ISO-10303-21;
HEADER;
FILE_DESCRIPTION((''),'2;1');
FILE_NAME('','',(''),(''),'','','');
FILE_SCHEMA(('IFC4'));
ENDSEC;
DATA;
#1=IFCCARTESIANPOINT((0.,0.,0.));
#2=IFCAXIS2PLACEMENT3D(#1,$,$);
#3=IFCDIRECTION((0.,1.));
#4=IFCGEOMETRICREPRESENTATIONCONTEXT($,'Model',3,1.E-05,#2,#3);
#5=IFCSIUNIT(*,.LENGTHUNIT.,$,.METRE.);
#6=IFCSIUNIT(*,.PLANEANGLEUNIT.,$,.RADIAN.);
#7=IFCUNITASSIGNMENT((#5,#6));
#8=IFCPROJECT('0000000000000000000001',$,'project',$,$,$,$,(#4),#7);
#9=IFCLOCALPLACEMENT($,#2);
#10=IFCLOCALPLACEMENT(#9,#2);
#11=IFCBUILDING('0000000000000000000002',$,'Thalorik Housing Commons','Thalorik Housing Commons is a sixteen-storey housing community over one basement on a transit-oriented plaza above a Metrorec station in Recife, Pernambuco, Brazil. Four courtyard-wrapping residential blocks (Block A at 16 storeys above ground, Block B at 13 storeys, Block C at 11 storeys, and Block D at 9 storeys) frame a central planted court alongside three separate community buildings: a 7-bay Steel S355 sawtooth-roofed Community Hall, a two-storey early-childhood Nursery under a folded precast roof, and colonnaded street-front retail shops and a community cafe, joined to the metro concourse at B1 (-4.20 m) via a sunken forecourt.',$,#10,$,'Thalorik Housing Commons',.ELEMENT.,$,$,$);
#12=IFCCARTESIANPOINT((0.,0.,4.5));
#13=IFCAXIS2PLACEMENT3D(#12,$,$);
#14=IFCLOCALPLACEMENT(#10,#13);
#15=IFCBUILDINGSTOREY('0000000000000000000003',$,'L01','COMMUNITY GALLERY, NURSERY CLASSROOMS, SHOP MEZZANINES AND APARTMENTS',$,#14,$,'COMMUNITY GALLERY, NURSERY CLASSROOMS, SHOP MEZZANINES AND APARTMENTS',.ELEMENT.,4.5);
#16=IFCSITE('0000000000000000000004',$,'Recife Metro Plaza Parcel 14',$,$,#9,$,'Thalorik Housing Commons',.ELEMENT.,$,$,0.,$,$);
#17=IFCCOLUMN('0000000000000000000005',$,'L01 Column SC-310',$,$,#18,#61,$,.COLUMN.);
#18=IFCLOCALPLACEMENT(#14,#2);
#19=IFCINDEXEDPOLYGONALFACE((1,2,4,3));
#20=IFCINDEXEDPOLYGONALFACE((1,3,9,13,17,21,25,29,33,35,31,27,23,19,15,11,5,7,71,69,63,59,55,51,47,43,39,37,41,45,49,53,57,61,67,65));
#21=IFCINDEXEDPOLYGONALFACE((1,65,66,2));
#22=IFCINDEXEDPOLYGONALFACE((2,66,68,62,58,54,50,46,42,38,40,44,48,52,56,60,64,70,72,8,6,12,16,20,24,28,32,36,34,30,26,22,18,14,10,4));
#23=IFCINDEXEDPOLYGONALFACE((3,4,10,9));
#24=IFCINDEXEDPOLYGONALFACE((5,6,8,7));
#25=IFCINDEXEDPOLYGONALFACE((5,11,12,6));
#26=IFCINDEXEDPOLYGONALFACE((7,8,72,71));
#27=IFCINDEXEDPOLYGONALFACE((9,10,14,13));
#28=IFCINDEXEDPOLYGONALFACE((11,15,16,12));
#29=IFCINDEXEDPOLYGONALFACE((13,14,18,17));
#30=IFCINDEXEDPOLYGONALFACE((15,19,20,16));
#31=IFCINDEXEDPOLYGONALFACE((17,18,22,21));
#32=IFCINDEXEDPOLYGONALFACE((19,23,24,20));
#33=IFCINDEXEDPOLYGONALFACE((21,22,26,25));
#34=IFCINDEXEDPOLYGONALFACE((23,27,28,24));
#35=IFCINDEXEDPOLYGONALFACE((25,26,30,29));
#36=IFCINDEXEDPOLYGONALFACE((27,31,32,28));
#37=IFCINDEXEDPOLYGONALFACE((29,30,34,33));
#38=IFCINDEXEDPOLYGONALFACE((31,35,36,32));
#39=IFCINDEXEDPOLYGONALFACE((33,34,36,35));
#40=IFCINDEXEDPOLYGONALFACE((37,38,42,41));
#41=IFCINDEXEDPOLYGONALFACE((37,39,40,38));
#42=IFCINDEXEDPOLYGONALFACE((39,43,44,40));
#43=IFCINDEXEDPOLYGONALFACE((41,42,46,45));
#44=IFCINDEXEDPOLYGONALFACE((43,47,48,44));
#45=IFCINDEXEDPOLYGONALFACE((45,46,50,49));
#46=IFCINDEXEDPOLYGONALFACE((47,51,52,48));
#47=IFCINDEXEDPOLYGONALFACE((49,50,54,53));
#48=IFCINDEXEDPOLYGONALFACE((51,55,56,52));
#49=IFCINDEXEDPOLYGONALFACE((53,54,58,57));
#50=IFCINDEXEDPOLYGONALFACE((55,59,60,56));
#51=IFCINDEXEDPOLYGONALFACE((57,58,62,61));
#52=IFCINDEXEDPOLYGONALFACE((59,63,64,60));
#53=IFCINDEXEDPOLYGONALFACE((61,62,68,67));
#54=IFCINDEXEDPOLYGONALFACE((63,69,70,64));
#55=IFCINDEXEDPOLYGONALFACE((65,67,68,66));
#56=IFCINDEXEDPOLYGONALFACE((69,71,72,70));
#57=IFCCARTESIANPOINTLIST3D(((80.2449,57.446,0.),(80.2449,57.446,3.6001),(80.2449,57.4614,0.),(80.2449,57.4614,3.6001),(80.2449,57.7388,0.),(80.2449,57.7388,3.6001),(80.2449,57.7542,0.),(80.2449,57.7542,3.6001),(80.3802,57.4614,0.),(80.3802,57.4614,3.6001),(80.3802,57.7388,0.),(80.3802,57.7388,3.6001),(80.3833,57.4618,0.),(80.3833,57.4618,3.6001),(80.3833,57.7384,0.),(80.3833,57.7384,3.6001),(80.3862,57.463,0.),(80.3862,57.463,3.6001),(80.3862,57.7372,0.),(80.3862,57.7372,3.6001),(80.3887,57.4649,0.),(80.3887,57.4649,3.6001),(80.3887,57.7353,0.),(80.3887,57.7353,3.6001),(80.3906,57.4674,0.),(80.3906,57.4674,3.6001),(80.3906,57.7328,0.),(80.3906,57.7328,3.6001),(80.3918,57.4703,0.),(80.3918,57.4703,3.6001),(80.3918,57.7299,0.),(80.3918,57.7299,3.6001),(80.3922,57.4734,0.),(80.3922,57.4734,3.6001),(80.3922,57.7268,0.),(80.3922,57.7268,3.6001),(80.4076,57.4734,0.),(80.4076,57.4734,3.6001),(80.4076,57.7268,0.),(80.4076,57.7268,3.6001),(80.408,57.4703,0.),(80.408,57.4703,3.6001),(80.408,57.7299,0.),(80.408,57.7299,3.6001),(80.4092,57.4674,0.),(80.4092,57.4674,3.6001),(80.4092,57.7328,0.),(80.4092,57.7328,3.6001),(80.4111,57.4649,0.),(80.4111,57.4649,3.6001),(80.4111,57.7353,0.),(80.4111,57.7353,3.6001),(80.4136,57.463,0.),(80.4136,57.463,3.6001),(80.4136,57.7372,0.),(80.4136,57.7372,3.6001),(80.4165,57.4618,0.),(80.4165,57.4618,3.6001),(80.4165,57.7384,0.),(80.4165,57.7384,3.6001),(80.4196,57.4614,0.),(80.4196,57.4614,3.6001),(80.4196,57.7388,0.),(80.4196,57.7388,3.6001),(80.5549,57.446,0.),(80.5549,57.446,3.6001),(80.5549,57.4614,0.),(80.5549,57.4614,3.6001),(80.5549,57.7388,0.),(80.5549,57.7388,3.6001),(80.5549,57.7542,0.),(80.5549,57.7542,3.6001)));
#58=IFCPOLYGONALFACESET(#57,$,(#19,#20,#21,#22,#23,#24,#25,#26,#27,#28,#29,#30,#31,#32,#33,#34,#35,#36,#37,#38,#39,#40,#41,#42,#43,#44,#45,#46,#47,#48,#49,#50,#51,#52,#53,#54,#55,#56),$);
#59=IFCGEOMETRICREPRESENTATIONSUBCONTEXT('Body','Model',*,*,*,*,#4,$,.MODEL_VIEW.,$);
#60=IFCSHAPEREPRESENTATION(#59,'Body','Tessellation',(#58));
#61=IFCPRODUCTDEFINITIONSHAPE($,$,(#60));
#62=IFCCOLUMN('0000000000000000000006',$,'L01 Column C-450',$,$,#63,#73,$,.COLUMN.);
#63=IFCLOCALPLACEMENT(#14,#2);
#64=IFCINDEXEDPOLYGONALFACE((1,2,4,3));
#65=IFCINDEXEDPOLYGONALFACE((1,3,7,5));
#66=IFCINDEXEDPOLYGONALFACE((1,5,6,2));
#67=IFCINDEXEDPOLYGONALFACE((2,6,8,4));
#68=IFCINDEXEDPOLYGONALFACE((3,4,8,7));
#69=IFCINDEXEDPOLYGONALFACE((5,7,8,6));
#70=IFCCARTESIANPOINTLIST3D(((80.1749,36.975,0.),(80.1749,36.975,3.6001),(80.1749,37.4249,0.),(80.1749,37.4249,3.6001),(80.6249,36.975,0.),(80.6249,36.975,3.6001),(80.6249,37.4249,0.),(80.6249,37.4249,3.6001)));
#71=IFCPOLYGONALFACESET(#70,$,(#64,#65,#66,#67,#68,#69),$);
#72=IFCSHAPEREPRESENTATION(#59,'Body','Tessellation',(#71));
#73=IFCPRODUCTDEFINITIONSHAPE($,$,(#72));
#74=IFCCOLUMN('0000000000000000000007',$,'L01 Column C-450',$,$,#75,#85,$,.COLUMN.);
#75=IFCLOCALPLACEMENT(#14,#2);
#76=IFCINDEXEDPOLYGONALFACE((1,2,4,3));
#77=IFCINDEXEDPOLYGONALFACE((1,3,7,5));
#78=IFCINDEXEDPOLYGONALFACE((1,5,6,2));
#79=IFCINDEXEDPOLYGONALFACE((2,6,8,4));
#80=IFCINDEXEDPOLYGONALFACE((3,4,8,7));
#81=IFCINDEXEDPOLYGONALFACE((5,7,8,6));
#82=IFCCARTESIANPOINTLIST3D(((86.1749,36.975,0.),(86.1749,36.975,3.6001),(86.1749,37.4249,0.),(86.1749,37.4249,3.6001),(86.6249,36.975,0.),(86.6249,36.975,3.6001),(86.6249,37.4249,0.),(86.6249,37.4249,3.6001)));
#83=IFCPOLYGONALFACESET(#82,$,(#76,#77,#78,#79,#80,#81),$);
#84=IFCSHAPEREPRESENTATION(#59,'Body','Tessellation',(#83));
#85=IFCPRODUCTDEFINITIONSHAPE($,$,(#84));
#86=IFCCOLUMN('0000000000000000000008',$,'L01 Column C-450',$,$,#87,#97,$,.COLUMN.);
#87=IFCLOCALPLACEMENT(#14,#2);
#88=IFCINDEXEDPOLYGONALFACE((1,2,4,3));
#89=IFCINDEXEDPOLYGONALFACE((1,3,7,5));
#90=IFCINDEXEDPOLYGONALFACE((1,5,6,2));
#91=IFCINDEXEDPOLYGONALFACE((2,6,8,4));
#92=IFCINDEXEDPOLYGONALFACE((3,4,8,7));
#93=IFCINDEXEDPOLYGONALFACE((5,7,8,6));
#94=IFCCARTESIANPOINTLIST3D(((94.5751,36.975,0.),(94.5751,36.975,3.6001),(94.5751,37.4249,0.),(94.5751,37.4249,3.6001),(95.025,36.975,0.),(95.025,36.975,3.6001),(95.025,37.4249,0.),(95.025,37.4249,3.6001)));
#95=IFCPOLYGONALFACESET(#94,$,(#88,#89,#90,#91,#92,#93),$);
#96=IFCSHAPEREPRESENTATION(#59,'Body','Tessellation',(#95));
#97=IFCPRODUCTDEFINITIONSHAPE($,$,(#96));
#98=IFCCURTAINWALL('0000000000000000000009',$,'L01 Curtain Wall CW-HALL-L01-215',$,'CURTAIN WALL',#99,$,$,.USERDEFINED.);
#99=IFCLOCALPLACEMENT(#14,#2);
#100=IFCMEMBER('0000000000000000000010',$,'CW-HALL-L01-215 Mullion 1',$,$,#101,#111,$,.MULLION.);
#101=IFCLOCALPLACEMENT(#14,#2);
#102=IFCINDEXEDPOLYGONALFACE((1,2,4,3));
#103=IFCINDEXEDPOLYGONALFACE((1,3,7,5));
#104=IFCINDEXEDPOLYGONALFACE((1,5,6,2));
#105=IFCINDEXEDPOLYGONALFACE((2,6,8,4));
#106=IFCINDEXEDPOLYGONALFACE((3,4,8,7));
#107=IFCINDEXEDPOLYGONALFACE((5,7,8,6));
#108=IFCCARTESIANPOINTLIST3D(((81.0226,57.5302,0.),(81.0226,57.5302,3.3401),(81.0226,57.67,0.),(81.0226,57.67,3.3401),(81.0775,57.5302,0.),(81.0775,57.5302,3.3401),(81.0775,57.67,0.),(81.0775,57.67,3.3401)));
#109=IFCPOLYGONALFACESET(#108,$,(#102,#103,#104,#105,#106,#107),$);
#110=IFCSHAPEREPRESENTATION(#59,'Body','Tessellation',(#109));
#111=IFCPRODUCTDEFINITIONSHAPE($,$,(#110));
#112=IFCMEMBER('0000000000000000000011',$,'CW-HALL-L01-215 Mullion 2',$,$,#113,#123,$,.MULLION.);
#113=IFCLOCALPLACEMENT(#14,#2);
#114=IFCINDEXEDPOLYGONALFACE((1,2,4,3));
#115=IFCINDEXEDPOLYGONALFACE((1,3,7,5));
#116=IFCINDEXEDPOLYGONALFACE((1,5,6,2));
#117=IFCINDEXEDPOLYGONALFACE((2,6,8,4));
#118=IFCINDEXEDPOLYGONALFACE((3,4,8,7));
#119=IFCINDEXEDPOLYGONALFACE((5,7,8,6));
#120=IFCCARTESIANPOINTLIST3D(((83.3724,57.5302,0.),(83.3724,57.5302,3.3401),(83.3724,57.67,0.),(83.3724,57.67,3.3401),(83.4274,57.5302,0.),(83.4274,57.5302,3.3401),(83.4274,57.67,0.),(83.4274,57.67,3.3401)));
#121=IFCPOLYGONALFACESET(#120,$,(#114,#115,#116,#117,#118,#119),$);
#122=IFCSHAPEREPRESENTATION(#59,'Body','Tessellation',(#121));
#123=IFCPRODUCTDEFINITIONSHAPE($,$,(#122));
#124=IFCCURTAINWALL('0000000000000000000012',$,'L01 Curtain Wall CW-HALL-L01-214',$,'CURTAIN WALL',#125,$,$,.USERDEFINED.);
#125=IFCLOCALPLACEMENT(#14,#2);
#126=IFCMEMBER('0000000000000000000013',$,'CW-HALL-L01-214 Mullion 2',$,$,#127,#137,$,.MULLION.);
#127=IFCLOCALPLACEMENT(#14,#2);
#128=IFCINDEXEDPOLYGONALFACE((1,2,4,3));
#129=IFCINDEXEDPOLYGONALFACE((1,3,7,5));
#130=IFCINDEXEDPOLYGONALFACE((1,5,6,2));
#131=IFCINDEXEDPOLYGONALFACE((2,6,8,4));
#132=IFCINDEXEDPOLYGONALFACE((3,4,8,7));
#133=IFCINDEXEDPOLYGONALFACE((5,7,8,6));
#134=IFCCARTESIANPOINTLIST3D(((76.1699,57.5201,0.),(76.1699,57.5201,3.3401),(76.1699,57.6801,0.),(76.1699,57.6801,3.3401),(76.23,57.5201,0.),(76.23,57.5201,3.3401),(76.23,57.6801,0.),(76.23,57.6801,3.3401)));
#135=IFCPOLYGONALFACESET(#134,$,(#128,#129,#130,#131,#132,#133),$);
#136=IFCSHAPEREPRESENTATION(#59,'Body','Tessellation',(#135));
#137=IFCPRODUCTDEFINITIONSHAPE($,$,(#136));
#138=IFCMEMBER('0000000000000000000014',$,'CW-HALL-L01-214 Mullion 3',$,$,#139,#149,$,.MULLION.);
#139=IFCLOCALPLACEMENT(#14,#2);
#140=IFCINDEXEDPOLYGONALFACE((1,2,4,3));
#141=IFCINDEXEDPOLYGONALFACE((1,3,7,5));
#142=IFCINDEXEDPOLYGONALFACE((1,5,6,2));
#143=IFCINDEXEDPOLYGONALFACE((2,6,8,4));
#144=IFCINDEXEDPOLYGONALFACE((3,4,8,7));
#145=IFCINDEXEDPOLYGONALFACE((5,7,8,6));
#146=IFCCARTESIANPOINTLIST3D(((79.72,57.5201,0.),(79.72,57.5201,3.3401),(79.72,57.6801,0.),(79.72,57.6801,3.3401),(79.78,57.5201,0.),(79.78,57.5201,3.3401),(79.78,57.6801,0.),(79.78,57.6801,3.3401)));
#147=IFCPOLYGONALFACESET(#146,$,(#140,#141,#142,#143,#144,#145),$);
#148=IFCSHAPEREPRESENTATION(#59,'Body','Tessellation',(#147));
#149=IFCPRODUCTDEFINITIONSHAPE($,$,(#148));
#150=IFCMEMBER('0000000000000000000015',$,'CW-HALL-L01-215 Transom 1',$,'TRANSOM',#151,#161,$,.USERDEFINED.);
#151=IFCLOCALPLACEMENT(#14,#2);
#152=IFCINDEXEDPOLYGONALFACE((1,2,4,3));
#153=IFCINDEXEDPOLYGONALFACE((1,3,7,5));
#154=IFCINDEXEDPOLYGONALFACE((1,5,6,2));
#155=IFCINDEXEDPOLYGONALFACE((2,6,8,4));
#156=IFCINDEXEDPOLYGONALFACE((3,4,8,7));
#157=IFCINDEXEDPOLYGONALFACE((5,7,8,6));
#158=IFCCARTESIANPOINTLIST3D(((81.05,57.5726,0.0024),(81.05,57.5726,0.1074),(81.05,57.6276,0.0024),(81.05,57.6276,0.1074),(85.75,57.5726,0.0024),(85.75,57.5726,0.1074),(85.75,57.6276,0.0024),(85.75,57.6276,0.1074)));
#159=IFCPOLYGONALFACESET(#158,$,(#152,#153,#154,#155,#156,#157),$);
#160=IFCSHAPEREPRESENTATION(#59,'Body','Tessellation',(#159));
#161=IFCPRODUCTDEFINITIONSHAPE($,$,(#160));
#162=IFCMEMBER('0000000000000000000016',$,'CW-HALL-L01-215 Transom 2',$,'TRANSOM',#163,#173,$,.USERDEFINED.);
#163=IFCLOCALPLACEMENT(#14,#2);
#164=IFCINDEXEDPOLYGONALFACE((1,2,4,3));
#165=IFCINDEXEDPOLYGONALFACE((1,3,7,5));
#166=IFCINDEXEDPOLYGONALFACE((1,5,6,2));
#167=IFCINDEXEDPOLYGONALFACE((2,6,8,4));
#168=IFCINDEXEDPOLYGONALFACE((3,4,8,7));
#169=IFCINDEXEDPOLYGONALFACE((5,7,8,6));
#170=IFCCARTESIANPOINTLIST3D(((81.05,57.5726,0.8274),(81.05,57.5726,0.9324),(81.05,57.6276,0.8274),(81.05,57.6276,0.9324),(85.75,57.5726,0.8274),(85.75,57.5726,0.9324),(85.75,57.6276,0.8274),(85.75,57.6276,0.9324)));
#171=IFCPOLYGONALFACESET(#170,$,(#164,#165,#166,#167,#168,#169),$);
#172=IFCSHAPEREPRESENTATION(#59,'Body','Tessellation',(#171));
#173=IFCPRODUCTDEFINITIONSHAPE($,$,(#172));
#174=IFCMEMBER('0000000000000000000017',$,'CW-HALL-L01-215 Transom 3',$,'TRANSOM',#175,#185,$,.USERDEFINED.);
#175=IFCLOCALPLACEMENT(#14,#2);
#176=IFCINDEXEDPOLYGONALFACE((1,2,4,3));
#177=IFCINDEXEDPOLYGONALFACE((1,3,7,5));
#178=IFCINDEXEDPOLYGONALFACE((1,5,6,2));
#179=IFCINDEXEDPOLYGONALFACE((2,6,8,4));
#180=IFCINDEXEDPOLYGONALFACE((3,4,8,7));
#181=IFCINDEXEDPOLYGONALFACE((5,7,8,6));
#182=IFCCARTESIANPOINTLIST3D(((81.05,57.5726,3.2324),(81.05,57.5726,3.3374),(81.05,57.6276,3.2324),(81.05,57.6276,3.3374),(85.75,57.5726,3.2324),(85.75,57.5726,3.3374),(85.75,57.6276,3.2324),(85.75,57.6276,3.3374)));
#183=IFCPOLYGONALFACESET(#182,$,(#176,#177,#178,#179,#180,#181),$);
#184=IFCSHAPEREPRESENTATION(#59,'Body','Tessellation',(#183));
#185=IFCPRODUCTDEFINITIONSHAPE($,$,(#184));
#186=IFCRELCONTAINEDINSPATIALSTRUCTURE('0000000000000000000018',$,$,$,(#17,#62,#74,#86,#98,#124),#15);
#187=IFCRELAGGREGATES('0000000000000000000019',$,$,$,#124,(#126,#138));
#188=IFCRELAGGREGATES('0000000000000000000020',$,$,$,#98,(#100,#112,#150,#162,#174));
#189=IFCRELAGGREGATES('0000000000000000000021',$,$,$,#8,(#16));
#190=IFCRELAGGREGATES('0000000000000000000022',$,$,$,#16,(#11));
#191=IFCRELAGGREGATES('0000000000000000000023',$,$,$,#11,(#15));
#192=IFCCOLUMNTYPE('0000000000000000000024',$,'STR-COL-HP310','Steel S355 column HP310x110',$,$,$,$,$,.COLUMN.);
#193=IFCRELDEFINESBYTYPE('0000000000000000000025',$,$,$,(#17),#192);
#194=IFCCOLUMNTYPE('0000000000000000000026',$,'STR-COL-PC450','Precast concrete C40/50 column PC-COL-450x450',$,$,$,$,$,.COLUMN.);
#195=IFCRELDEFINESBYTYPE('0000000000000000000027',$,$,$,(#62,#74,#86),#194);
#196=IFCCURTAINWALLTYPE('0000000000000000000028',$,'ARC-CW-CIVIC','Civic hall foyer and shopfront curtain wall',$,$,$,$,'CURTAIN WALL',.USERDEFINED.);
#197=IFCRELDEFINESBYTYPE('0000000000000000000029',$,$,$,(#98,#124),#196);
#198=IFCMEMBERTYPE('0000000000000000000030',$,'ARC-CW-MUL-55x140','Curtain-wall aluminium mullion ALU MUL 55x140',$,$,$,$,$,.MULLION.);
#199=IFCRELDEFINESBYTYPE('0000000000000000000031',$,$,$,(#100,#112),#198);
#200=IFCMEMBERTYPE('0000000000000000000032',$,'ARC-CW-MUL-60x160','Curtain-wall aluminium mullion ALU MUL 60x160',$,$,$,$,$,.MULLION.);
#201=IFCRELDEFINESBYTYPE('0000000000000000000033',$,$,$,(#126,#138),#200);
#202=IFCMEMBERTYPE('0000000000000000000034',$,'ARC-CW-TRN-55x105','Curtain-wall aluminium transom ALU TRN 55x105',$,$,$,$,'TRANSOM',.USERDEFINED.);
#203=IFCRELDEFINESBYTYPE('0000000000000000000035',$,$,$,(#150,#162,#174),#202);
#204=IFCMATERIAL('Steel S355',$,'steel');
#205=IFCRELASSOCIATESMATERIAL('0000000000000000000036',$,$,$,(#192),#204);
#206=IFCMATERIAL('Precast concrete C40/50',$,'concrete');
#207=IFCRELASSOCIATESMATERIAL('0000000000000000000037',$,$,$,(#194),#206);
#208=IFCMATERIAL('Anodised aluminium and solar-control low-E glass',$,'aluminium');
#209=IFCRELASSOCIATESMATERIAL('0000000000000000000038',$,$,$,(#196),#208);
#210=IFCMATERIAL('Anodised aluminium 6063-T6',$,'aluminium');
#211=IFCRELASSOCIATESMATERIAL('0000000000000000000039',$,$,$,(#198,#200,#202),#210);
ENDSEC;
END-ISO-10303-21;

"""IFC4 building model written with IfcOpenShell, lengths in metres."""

from ifc_helpers import new_model, si_unit, direction, frame, origin, origin_2d, place, context, subcontext, project, spatial, rectangle, i_section, extrude, material, material_profile, profile_set, type_object, element, aggregate, save


model = new_model("IFC4")

# Units and contexts
model_context = context("Model", 3, precision=1e-05, world=origin(), true_north=direction((0.0, 1.0)))
body_context = subcontext(model_context, "Body", "Model", "MODEL_VIEW")
ifc_project = project(units=[si_unit("LENGTHUNIT", "METRE"), si_unit("PLANEANGLEUNIT", "RADIAN")], contexts=[model_context])

# Site, building, storey
site_placement = place(None, origin())
site = spatial("IfcSite", under=ifc_project, at=site_placement, Name="Recife Metro Plaza Parcel 14", LongName="Thalorik Housing Commons", CompositionType="ELEMENT", RefElevation=0.0)
building_placement = place(site_placement, origin())
building = spatial("IfcBuilding", under=site, at=building_placement, Name="Thalorik Housing Commons", Description="Thalorik Housing Commons is a sixteen-storey housing community over one basement on a transit-oriented plaza above a Metrorec station in Recife, Pernambuco, Brazil. Four courtyard-wrapping residential blocks (Block A at 16 storeys above ground, Block B at 13 storeys, Block C at 11 storeys, and Block D at 9 storeys) frame a central planted court alongside three separate community buildings: a 7-bay Steel S355 sawtooth-roofed Community Hall, a two-storey early-childhood Nursery under a folded precast roof, and colonnaded street-front retail shops and a community cafe, joined to the metro concourse at B1 (-4.20 m) via a sunken forecourt.", LongName="Thalorik Housing Commons", CompositionType="ELEMENT")
storey_placement = place(building_placement, frame((0.0, 0.0, 4.5)))
storey = spatial("IfcBuildingStorey", under=building, at=storey_placement, Name="L01", Description="COMMUNITY GALLERY, NURSERY CLASSROOMS, SHOP MEZZANINES AND APARTMENTS", LongName="COMMUNITY GALLERY, NURSERY CLASSROOMS, SHOP MEZZANINES AND APARTMENTS", CompositionType="ELEMENT", Elevation=4.5)

# Columns
ifc_material_1 = material(Name="Steel S355", Category="steel")
ifc_material_profile_1 = material_profile(ifc_material_1, i_section(OverallWidth=0.3101, OverallDepth=0.3081, WebThickness=0.0154, FlangeThickness=0.0154, FilletRadius=0.012, at=origin_2d()), Name="HP310x110", Category="steel")
ifc_profile_set_1 = profile_set([ifc_material_profile_1], Name="Steel S355")
column_type_1 = type_object("IfcColumnType", Name="STR-COL-HP310", Description="Steel S355 column HP310x110", PredefinedType="COLUMN", material=ifc_profile_set_1)
column_placement = place(storey_placement, frame((80.3999, 57.6001, 0.0), z_axis=(0.0, 0.0, 1.0), x_axis=(1.0, 0.0, 0.0)))
element("IfcColumn", 1, at=column_placement, inside=storey, type_object=column_type_1, Name="L01 Column SC-310", PredefinedType="COLUMN", context=body_context, shape_type="SweptSolid", body=[
    extrude(i_section(OverallWidth=0.3101, OverallDepth=0.3081, WebThickness=0.0154, FlangeThickness=0.0154, FilletRadius=0.012, at=origin_2d()), origin(), (0.0, 0.0, 1.0), 3.6001),
])
ifc_material_2 = material(Name="Precast concrete C40/50", Category="concrete")
ifc_material_profile_2 = material_profile(ifc_material_2, rectangle(XDim=0.45, YDim=0.45, at=origin_2d()), Name="PC 450x450", Category="concrete")
ifc_profile_set_2 = profile_set([ifc_material_profile_2], Name="Precast concrete C40/50")
column_type_2 = type_object("IfcColumnType", Name="STR-COL-PC450", Description="Precast concrete C40/50 column PC-COL-450x450", PredefinedType="COLUMN", material=ifc_profile_set_2)
for number, where, z_axis, x_axis, name in (
    (2, (80.3999, 37.2, 0.0), (0.0, 0.0, 1.0), (1.0, 0.0, 0.0), "L01 Column C-450"),
    (3, (86.3999, 37.2, 0.0), (0.0, 0.0, 1.0), (1.0, 0.0, 0.0), "L01 Column C-450"),
    (4, (94.8, 37.2, 0.0), (0.0, 0.0, 1.0), (1.0, 0.0, 0.0), "L01 Column C-450"),
):
    element("IfcColumn", number, at=place(storey_placement, frame(where, z_axis=z_axis, x_axis=x_axis)), inside=storey, type_object=column_type_2, Name=name, PredefinedType="COLUMN", context=body_context, shape_type="SweptSolid", body=[
        extrude(rectangle(XDim=0.45, YDim=0.45, at=origin_2d()), origin(), (0.0, 0.0, 1.0), 3.6001),
    ])

# Curtain walls, members
ifc_material_3 = material(Name="Anodised aluminium and solar-control low-E glass", Category="aluminium")
curtain_wall_type = type_object("IfcCurtainWallType", Name="ARC-CW-CIVIC", Description="Civic hall foyer and shopfront curtain wall", ElementType="CURTAIN WALL", PredefinedType="USERDEFINED", material=ifc_material_3)
curtain_wall_1_placement = place(storey_placement, origin())
curtain_wall_1 = element("IfcCurtainWall", 5, at=curtain_wall_1_placement, inside=storey, type_object=curtain_wall_type, Name="L01 Curtain Wall CW-HALL-L01-215", ObjectType="CURTAIN WALL", PredefinedType="USERDEFINED")
ifc_material_4 = material(Name="Anodised aluminium 6063-T6", Category="aluminium")
ifc_material_profile_3 = material_profile(ifc_material_4, rectangle(XDim=0.0549, YDim=0.1399, at=origin_2d()), Name="ALU MUL 55x140", Category="aluminium")
ifc_profile_set_3 = profile_set([ifc_material_profile_3], Name="Anodised aluminium 6063-T6")
member_type_1 = type_object("IfcMemberType", Name="ARC-CW-MUL-55x140", Description="Curtain-wall aluminium mullion ALU MUL 55x140", PredefinedType="MULLION", material=ifc_profile_set_3)
member_1_placement = place(storey_placement, frame((81.05, 57.6001, 0.0), z_axis=(0.0, 0.0, 1.0), x_axis=(1.0, 0.0, 0.0)))
member_1 = element("IfcMember", 6, at=member_1_placement, type_object=member_type_1, Name="CW-HALL-L01-215 Mullion 1", PredefinedType="MULLION", context=body_context, shape_type="SweptSolid", body=[
    extrude(rectangle(XDim=0.0549, YDim=0.1399, at=origin_2d()), origin(), (0.0, 0.0, 1.0), 3.3401),
])
member_2_placement = place(storey_placement, frame((83.3999, 57.6001, 0.0), z_axis=(0.0, 0.0, 1.0), x_axis=(1.0, 0.0, 0.0)))
member_2 = element("IfcMember", 7, at=member_2_placement, type_object=member_type_1, Name="CW-HALL-L01-215 Mullion 2", PredefinedType="MULLION", context=body_context, shape_type="SweptSolid", body=[
    extrude(rectangle(XDim=0.0549, YDim=0.1399, at=origin_2d()), origin(), (0.0, 0.0, 1.0), 3.3401),
])
curtain_wall_2_placement = place(storey_placement, origin())
curtain_wall_2 = element("IfcCurtainWall", 8, at=curtain_wall_2_placement, inside=storey, type_object=curtain_wall_type, Name="L01 Curtain Wall CW-HALL-L01-214", ObjectType="CURTAIN WALL", PredefinedType="USERDEFINED")
ifc_material_profile_4 = material_profile(ifc_material_4, rectangle(XDim=0.0601, YDim=0.1599, at=origin_2d()), Name="ALU MUL 60x160", Category="aluminium")
ifc_profile_set_4 = profile_set([ifc_material_profile_4], Name="Anodised aluminium 6063-T6")
member_type_2 = type_object("IfcMemberType", Name="ARC-CW-MUL-60x160", Description="Curtain-wall aluminium mullion ALU MUL 60x160", PredefinedType="MULLION", material=ifc_profile_set_4)
member_3_placement = place(storey_placement, frame((76.2, 57.6001, 0.0), z_axis=(0.0, 0.0, 1.0), x_axis=(1.0, 0.0, 0.0)))
member_3 = element("IfcMember", 9, at=member_3_placement, type_object=member_type_2, Name="CW-HALL-L01-214 Mullion 2", PredefinedType="MULLION", context=body_context, shape_type="SweptSolid", body=[
    extrude(rectangle(XDim=0.0601, YDim=0.1599, at=origin_2d()), origin(), (0.0, 0.0, 1.0), 3.3401),
])
member_4_placement = place(storey_placement, frame((79.75, 57.6001, 0.0), z_axis=(0.0, 0.0, 1.0), x_axis=(1.0, 0.0, 0.0)))
member_4 = element("IfcMember", 10, at=member_4_placement, type_object=member_type_2, Name="CW-HALL-L01-214 Mullion 3", PredefinedType="MULLION", context=body_context, shape_type="SweptSolid", body=[
    extrude(rectangle(XDim=0.0601, YDim=0.1599, at=origin_2d()), origin(), (0.0, 0.0, 1.0), 3.3401),
])

# Members
ifc_material_profile_5 = material_profile(ifc_material_4, rectangle(XDim=0.0549, YDim=0.105, at=origin_2d()), Name="ALU TRN 55x105", Category="aluminium")
ifc_profile_set_5 = profile_set([ifc_material_profile_5], Name="Anodised aluminium 6063-T6")
member_type_3 = type_object("IfcMemberType", Name="ARC-CW-TRN-55x105", Description="Curtain-wall aluminium transom ALU TRN 55x105", ElementType="TRANSOM", PredefinedType="USERDEFINED", material=ifc_profile_set_5)
member_5_placement = place(storey_placement, frame((81.05, 57.6001, 0.0549), z_axis=(1.0, 0.0, 0.0), x_axis=(0.0, 1.0, 0.0)))
member_5 = element("IfcMember", 11, at=member_5_placement, type_object=member_type_3, Name="CW-HALL-L01-215 Transom 1", ObjectType="TRANSOM", PredefinedType="USERDEFINED", context=body_context, shape_type="SweptSolid", body=[
    extrude(rectangle(XDim=0.0549, YDim=0.105, at=origin_2d()), origin(), (0.0, 0.0, 1.0), 4.7),
])
member_6_placement = place(storey_placement, frame((81.05, 57.6001, 0.8799), z_axis=(1.0, 0.0, 0.0), x_axis=(0.0, 1.0, 0.0)))
member_6 = element("IfcMember", 12, at=member_6_placement, type_object=member_type_3, Name="CW-HALL-L01-215 Transom 2", ObjectType="TRANSOM", PredefinedType="USERDEFINED", context=body_context, shape_type="SweptSolid", body=[
    extrude(rectangle(XDim=0.0549, YDim=0.105, at=origin_2d()), origin(), (0.0, 0.0, 1.0), 4.7),
])
member_7_placement = place(storey_placement, frame((81.05, 57.6001, 3.2849), z_axis=(1.0, 0.0, 0.0), x_axis=(0.0, 1.0, 0.0)))
member_7 = element("IfcMember", 13, at=member_7_placement, type_object=member_type_3, Name="CW-HALL-L01-215 Transom 3", ObjectType="TRANSOM", PredefinedType="USERDEFINED", context=body_context, shape_type="SweptSolid", body=[
    extrude(rectangle(XDim=0.0549, YDim=0.105, at=origin_2d()), origin(), (0.0, 0.0, 1.0), 4.7),
])

aggregate(curtain_wall_2, [member_3, member_4])
aggregate(curtain_wall_1, [member_1, member_2, member_5, member_6, member_7])

save(model, "model.ifc")
